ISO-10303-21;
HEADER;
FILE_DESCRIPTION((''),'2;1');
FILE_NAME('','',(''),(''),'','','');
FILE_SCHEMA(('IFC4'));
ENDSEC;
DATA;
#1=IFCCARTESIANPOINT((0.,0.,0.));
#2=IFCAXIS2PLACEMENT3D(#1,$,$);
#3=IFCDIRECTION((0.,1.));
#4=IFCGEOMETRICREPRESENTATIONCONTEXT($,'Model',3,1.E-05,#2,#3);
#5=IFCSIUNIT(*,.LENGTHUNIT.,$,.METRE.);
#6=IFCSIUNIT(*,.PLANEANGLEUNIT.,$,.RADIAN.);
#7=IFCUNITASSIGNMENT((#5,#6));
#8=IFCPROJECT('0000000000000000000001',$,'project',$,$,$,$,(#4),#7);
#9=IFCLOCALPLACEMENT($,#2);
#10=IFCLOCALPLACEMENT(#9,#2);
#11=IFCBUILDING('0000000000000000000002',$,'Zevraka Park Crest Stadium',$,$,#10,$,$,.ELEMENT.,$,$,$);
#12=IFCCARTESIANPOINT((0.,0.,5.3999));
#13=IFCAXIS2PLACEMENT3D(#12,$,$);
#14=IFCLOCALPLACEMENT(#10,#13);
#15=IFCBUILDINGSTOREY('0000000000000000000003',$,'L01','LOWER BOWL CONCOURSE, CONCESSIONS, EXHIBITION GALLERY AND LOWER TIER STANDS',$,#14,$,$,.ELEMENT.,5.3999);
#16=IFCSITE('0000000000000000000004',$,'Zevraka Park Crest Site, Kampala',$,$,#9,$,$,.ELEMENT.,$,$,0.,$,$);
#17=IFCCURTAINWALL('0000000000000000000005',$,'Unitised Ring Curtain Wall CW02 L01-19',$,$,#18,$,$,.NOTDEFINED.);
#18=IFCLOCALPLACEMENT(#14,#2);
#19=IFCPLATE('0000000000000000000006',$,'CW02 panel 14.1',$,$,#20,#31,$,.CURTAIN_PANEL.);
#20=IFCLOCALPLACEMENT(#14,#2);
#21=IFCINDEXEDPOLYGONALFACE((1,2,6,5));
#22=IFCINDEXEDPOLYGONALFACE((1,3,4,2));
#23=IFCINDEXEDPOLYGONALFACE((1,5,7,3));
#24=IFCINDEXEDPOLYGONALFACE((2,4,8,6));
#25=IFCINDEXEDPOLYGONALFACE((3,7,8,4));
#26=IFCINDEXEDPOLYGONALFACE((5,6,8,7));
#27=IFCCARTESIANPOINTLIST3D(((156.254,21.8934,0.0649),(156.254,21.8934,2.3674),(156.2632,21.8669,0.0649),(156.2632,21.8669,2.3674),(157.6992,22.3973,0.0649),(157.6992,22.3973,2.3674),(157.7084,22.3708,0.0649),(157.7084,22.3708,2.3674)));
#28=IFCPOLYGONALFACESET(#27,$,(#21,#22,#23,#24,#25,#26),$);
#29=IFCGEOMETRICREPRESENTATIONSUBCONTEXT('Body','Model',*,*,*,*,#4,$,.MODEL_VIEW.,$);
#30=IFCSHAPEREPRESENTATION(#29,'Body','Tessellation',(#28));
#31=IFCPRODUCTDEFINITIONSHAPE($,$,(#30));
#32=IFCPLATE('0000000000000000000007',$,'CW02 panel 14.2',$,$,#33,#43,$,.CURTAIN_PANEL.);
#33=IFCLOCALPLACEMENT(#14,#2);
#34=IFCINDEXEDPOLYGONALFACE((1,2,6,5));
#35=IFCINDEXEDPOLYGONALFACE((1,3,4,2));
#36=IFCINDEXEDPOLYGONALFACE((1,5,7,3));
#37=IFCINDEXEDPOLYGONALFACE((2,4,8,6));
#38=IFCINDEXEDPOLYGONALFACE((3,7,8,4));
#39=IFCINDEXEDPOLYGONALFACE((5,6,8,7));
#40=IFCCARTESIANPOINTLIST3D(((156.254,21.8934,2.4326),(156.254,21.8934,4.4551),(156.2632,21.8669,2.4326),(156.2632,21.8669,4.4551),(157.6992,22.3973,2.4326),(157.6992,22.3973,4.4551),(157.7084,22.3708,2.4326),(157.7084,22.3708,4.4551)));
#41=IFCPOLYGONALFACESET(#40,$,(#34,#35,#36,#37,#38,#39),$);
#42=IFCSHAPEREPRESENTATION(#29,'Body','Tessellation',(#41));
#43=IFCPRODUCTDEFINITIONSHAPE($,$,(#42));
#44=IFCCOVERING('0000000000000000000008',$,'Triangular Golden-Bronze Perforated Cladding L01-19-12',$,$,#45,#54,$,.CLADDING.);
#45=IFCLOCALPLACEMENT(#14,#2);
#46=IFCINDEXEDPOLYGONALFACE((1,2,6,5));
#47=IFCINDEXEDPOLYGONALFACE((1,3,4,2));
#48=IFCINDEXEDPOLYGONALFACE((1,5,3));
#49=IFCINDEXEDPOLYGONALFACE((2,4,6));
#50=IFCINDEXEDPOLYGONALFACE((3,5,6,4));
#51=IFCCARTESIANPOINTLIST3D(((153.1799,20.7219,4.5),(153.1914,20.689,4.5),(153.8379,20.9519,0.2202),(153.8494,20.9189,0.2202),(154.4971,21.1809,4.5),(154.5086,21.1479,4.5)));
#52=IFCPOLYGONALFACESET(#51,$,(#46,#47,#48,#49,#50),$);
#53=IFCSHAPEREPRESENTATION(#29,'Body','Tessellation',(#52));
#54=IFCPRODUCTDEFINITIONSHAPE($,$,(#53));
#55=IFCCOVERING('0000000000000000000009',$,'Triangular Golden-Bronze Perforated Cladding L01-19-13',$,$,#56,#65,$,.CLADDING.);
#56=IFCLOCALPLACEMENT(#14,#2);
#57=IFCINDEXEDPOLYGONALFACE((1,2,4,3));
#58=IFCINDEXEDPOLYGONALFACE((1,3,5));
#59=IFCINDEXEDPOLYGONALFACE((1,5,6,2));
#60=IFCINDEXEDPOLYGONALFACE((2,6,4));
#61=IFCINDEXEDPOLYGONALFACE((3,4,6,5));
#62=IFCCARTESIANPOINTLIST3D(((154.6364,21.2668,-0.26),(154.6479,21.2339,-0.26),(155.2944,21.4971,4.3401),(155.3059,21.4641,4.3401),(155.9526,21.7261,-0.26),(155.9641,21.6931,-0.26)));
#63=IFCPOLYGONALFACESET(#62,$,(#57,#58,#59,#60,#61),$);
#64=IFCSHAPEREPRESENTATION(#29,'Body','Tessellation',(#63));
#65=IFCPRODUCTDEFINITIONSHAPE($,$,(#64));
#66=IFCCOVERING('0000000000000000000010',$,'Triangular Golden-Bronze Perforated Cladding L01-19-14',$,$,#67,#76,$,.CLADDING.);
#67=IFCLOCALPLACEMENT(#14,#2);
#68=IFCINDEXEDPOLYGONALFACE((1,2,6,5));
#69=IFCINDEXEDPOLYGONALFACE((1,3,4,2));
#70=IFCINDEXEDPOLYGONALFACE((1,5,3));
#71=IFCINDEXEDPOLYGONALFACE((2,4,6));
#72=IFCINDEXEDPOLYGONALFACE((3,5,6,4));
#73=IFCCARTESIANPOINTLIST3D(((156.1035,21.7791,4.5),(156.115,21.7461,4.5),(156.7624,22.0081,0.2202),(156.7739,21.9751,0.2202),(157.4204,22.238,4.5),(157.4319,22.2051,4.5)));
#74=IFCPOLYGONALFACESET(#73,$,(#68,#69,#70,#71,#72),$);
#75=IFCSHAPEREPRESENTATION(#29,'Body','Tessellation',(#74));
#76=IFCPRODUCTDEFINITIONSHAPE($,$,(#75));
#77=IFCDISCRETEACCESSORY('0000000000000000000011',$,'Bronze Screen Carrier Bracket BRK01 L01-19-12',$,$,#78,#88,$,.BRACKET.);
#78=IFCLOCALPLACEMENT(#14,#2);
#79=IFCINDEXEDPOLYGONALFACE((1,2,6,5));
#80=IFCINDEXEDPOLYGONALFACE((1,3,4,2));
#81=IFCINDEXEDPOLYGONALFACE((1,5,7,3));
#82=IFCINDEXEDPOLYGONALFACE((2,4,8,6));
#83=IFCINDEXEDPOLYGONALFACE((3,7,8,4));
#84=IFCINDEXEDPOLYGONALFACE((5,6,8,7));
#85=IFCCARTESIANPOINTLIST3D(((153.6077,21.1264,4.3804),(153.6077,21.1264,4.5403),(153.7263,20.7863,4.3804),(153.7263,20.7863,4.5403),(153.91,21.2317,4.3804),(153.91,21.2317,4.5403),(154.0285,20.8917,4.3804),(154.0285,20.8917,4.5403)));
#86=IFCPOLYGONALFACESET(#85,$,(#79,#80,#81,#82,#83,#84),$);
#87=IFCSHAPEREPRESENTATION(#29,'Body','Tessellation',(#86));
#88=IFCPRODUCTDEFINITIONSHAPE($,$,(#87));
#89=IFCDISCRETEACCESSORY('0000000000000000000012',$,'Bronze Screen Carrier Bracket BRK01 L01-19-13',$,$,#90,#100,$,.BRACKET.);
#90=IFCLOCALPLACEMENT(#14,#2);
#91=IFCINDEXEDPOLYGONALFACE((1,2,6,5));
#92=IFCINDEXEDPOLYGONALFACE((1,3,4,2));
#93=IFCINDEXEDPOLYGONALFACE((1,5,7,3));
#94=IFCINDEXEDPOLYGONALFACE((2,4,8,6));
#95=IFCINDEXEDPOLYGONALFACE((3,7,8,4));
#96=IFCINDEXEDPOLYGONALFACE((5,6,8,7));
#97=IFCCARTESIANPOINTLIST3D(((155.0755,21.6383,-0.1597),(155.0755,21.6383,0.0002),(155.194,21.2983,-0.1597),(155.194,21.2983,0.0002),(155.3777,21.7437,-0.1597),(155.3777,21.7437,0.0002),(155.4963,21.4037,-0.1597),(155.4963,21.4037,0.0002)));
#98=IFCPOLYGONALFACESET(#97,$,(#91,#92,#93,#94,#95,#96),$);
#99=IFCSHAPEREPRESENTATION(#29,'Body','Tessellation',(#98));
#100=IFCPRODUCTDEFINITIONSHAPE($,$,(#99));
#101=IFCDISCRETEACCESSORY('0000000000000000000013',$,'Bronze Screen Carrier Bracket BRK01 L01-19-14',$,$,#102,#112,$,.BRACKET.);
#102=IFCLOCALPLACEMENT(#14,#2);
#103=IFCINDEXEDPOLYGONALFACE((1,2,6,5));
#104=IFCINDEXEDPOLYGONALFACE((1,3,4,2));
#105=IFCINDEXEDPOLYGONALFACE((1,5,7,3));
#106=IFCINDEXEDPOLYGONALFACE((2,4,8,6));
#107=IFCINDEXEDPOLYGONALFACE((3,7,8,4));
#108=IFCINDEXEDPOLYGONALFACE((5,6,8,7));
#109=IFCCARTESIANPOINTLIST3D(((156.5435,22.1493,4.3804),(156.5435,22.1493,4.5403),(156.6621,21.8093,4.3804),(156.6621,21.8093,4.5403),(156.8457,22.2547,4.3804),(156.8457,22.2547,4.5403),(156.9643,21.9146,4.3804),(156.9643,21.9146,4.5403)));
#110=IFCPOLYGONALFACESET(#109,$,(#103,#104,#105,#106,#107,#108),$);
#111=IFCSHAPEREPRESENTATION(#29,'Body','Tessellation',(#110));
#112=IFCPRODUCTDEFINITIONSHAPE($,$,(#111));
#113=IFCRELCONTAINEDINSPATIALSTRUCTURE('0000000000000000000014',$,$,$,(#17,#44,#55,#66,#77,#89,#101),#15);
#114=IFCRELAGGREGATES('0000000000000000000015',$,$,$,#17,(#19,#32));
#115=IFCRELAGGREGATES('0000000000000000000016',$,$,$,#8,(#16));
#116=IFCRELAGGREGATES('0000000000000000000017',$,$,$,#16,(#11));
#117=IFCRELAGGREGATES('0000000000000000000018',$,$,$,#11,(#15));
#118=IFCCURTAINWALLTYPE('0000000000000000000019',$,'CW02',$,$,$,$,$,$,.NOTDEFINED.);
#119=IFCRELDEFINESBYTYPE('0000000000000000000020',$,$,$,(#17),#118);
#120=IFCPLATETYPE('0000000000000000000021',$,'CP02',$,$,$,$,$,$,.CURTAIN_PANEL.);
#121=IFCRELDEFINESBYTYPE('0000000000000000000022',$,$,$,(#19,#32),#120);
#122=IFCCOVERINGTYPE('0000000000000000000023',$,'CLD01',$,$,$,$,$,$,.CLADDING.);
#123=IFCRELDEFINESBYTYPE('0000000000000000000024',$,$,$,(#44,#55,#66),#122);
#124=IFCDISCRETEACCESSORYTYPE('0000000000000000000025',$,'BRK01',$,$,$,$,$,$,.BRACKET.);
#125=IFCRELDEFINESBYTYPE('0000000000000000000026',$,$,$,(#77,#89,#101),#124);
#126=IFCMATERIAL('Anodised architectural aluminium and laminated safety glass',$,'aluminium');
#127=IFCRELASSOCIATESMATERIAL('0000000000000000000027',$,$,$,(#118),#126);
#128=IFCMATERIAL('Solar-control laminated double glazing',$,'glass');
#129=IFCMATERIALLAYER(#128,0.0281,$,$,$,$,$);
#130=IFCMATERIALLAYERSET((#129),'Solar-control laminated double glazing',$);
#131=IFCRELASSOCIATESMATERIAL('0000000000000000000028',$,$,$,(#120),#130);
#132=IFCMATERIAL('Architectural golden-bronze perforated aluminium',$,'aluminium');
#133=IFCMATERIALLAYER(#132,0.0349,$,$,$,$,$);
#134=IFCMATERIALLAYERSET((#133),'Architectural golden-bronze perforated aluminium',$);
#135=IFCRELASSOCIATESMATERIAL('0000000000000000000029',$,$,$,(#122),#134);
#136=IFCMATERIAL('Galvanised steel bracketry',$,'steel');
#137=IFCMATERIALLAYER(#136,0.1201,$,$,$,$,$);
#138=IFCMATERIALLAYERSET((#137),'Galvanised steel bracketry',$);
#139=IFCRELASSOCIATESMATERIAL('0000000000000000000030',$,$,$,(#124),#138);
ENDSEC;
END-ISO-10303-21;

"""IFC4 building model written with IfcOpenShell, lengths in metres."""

from ifc_helpers import new_model, si_unit, direction, frame, origin, origin_2d, place, context, subcontext, project, spatial, polyline, rectangle, outline, extrude, material, layer, layer_set, type_object, element, aggregate, save


model = new_model("IFC4")

# Units and contexts
model_context = context("Model", 3, precision=1e-05, world=origin(), true_north=direction((0.0, 1.0)))
body_context = subcontext(model_context, "Body", "Model", "MODEL_VIEW")
ifc_project = project(units=[si_unit("LENGTHUNIT", "METRE"), si_unit("PLANEANGLEUNIT", "RADIAN")], contexts=[model_context])

# Site, building, storey
site_placement = place(None, origin())
site = spatial("IfcSite", under=ifc_project, at=site_placement, Name="Zevraka Park Crest Site, Kampala", CompositionType="ELEMENT", RefElevation=0.0)
building_placement = place(site_placement, origin())
building = spatial("IfcBuilding", under=site, at=building_placement, Name="Zevraka Park Crest Stadium", CompositionType="ELEMENT")
storey_placement = place(building_placement, frame((0.0, 0.0, 5.3999)))
storey = spatial("IfcBuildingStorey", under=building, at=storey_placement, Name="L01", Description="LOWER BOWL CONCOURSE, CONCESSIONS, EXHIBITION GALLERY AND LOWER TIER STANDS", CompositionType="ELEMENT", Elevation=5.3999)

# Curtain wall, plates
ifc_material_1 = material(Name="Anodised architectural aluminium and laminated safety glass", Category="aluminium")
curtain_wall_type = type_object("IfcCurtainWallType", Name="CW02", PredefinedType="NOTDEFINED", material=ifc_material_1)
curtain_wall_placement = place(storey_placement, origin())
curtain_wall = element("IfcCurtainWall", 1, at=curtain_wall_placement, inside=storey, type_object=curtain_wall_type, Name="Unitised Ring Curtain Wall CW02 L01-19", PredefinedType="NOTDEFINED")
ifc_material_2 = material(Name="Solar-control laminated double glazing", Category="glass")
ifc_layer_1 = layer(ifc_material_2, 0.0281)
ifc_layer_set_1 = layer_set([ifc_layer_1], Name="Solar-control laminated double glazing")
plate_type = type_object("IfcPlateType", Name="CP02", PredefinedType="CURTAIN_PANEL", material=ifc_layer_set_1)
plate_1_placement = place(storey_placement, frame((156.9812, 22.1321, 0.0649), z_axis=(0.0, 0.0, 1.0), x_axis=(0.944257, 0.329209, 0.0)))
plate_1 = element("IfcPlate", 2, at=plate_1_placement, type_object=plate_type, Name="CW02 panel 14.1", PredefinedType="CURTAIN_PANEL", context=body_context, shape_type="SweptSolid", body=[
    extrude(rectangle(XDim=1.5305, YDim=0.0281, at=origin_2d()), origin(), (0.0, 0.0, 1.0), 2.3025),
])
plate_2_placement = place(storey_placement, frame((156.9812, 22.1321, 2.4326), z_axis=(0.0, 0.0, 1.0), x_axis=(0.944257, 0.329209, 0.0)))
plate_2 = element("IfcPlate", 3, at=plate_2_placement, type_object=plate_type, Name="CW02 panel 14.2", PredefinedType="CURTAIN_PANEL", context=body_context, shape_type="SweptSolid", body=[
    extrude(rectangle(XDim=1.5305, YDim=0.0281, at=origin_2d()), origin(), (0.0, 0.0, 1.0), 2.0225),
])
aggregate(curtain_wall, [plate_1, plate_2])

# Coverings
ifc_material_3 = material(Name="Architectural golden-bronze perforated aluminium", Category="aluminium")
ifc_layer_2 = layer(ifc_material_3, 0.0349)
ifc_layer_set_2 = layer_set([ifc_layer_2], Name="Architectural golden-bronze perforated aluminium")
covering_type = type_object("IfcCoveringType", Name="CLD01", PredefinedType="CLADDING", material=ifc_layer_set_2)
covering_1_placement = place(storey_placement, frame((154.4971, 21.1809, 4.5), z_axis=(-0.329064, 0.944308, 0.000155), x_axis=(-0.944308, -0.329064, 0.0)))
element("IfcCovering", 4, at=covering_1_placement, inside=storey, type_object=covering_type, Name="Triangular Golden-Bronze Perforated Cladding L01-19-12", PredefinedType="CLADDING", context=body_context, shape_type="SweptSolid", body=[
    extrude(outline(polyline([(0.0, 0.0), (1.3948, 0.0), (0.6978, -4.2798), (0.0, 0.0)])), origin(), (0.0, 0.0, -1.0), 0.0349),
])
covering_2_placement = place(storey_placement, frame((154.6479, 21.2339, -0.26), z_axis=(0.329438, -0.944177, 0.000134), x_axis=(0.944177, 0.329438, 0.0)))
element("IfcCovering", 5, at=covering_2_placement, inside=storey, type_object=covering_type, Name="Triangular Golden-Bronze Perforated Cladding L01-19-13", PredefinedType="CLADDING", context=body_context, shape_type="SweptSolid", body=[
    extrude(outline(polyline([(0.0, 0.0), (1.394, 0.0), (0.6971, 4.6001), (0.0, 0.0)])), origin(), (0.0, 0.0, -1.0), 0.0349),
])
covering_3_placement = place(storey_placement, frame((157.4319, 22.2051, 4.5), z_axis=(0.329118, -0.944289, 0.000145), x_axis=(-0.944289, -0.329118, 0.0)))
element("IfcCovering", 6, at=covering_3_placement, inside=storey, type_object=covering_type, Name="Triangular Golden-Bronze Perforated Cladding L01-19-14", PredefinedType="CLADDING", context=body_context, shape_type="SweptSolid", body=[
    extrude(outline(polyline([(0.0, 0.0), (1.3946, 0.0), (0.697, 4.2798), (0.0, 0.0)])), origin(), (0.0, 0.0, -1.0), 0.0349),
])

# Discrete accessories
ifc_material_4 = material(Name="Galvanised steel bracketry", Category="steel")
ifc_layer_3 = layer(ifc_material_4, 0.1201)
ifc_layer_set_3 = layer_set([ifc_layer_3], Name="Galvanised steel bracketry")
discrete_accessory_type = type_object("IfcDiscreteAccessoryType", Name="BRK01", PredefinedType="BRACKET", material=ifc_layer_set_3)
for number, where, z_axis, x_axis, name in (
    (7, (153.8181, 21.009, 4.3804), (0.0, 0.0, 1.0), (0.944262, 0.329196, 0.0), "Bronze Screen Carrier Bracket BRK01 L01-19-12"),
    (8, (155.2859, 21.521, -0.1597), (0.0, 0.0, 1.0), (0.944262, 0.329196, 0.0), "Bronze Screen Carrier Bracket BRK01 L01-19-13"),
    (9, (156.7539, 22.032, 4.3804), (0.0, 0.0, 1.0), (0.944262, 0.329196, 0.0), "Bronze Screen Carrier Bracket BRK01 L01-19-14"),
):
    element("IfcDiscreteAccessory", number, at=place(storey_placement, frame(where, z_axis=z_axis, x_axis=x_axis)), inside=storey, type_object=discrete_accessory_type, Name=name, PredefinedType="BRACKET", context=body_context, shape_type="SweptSolid", body=[
        extrude(rectangle(XDim=0.3201, YDim=0.3601, at=origin_2d()), origin(), (0.0, 0.0, 1.0), 0.1599),
    ])

save(model, "model.ifc")
